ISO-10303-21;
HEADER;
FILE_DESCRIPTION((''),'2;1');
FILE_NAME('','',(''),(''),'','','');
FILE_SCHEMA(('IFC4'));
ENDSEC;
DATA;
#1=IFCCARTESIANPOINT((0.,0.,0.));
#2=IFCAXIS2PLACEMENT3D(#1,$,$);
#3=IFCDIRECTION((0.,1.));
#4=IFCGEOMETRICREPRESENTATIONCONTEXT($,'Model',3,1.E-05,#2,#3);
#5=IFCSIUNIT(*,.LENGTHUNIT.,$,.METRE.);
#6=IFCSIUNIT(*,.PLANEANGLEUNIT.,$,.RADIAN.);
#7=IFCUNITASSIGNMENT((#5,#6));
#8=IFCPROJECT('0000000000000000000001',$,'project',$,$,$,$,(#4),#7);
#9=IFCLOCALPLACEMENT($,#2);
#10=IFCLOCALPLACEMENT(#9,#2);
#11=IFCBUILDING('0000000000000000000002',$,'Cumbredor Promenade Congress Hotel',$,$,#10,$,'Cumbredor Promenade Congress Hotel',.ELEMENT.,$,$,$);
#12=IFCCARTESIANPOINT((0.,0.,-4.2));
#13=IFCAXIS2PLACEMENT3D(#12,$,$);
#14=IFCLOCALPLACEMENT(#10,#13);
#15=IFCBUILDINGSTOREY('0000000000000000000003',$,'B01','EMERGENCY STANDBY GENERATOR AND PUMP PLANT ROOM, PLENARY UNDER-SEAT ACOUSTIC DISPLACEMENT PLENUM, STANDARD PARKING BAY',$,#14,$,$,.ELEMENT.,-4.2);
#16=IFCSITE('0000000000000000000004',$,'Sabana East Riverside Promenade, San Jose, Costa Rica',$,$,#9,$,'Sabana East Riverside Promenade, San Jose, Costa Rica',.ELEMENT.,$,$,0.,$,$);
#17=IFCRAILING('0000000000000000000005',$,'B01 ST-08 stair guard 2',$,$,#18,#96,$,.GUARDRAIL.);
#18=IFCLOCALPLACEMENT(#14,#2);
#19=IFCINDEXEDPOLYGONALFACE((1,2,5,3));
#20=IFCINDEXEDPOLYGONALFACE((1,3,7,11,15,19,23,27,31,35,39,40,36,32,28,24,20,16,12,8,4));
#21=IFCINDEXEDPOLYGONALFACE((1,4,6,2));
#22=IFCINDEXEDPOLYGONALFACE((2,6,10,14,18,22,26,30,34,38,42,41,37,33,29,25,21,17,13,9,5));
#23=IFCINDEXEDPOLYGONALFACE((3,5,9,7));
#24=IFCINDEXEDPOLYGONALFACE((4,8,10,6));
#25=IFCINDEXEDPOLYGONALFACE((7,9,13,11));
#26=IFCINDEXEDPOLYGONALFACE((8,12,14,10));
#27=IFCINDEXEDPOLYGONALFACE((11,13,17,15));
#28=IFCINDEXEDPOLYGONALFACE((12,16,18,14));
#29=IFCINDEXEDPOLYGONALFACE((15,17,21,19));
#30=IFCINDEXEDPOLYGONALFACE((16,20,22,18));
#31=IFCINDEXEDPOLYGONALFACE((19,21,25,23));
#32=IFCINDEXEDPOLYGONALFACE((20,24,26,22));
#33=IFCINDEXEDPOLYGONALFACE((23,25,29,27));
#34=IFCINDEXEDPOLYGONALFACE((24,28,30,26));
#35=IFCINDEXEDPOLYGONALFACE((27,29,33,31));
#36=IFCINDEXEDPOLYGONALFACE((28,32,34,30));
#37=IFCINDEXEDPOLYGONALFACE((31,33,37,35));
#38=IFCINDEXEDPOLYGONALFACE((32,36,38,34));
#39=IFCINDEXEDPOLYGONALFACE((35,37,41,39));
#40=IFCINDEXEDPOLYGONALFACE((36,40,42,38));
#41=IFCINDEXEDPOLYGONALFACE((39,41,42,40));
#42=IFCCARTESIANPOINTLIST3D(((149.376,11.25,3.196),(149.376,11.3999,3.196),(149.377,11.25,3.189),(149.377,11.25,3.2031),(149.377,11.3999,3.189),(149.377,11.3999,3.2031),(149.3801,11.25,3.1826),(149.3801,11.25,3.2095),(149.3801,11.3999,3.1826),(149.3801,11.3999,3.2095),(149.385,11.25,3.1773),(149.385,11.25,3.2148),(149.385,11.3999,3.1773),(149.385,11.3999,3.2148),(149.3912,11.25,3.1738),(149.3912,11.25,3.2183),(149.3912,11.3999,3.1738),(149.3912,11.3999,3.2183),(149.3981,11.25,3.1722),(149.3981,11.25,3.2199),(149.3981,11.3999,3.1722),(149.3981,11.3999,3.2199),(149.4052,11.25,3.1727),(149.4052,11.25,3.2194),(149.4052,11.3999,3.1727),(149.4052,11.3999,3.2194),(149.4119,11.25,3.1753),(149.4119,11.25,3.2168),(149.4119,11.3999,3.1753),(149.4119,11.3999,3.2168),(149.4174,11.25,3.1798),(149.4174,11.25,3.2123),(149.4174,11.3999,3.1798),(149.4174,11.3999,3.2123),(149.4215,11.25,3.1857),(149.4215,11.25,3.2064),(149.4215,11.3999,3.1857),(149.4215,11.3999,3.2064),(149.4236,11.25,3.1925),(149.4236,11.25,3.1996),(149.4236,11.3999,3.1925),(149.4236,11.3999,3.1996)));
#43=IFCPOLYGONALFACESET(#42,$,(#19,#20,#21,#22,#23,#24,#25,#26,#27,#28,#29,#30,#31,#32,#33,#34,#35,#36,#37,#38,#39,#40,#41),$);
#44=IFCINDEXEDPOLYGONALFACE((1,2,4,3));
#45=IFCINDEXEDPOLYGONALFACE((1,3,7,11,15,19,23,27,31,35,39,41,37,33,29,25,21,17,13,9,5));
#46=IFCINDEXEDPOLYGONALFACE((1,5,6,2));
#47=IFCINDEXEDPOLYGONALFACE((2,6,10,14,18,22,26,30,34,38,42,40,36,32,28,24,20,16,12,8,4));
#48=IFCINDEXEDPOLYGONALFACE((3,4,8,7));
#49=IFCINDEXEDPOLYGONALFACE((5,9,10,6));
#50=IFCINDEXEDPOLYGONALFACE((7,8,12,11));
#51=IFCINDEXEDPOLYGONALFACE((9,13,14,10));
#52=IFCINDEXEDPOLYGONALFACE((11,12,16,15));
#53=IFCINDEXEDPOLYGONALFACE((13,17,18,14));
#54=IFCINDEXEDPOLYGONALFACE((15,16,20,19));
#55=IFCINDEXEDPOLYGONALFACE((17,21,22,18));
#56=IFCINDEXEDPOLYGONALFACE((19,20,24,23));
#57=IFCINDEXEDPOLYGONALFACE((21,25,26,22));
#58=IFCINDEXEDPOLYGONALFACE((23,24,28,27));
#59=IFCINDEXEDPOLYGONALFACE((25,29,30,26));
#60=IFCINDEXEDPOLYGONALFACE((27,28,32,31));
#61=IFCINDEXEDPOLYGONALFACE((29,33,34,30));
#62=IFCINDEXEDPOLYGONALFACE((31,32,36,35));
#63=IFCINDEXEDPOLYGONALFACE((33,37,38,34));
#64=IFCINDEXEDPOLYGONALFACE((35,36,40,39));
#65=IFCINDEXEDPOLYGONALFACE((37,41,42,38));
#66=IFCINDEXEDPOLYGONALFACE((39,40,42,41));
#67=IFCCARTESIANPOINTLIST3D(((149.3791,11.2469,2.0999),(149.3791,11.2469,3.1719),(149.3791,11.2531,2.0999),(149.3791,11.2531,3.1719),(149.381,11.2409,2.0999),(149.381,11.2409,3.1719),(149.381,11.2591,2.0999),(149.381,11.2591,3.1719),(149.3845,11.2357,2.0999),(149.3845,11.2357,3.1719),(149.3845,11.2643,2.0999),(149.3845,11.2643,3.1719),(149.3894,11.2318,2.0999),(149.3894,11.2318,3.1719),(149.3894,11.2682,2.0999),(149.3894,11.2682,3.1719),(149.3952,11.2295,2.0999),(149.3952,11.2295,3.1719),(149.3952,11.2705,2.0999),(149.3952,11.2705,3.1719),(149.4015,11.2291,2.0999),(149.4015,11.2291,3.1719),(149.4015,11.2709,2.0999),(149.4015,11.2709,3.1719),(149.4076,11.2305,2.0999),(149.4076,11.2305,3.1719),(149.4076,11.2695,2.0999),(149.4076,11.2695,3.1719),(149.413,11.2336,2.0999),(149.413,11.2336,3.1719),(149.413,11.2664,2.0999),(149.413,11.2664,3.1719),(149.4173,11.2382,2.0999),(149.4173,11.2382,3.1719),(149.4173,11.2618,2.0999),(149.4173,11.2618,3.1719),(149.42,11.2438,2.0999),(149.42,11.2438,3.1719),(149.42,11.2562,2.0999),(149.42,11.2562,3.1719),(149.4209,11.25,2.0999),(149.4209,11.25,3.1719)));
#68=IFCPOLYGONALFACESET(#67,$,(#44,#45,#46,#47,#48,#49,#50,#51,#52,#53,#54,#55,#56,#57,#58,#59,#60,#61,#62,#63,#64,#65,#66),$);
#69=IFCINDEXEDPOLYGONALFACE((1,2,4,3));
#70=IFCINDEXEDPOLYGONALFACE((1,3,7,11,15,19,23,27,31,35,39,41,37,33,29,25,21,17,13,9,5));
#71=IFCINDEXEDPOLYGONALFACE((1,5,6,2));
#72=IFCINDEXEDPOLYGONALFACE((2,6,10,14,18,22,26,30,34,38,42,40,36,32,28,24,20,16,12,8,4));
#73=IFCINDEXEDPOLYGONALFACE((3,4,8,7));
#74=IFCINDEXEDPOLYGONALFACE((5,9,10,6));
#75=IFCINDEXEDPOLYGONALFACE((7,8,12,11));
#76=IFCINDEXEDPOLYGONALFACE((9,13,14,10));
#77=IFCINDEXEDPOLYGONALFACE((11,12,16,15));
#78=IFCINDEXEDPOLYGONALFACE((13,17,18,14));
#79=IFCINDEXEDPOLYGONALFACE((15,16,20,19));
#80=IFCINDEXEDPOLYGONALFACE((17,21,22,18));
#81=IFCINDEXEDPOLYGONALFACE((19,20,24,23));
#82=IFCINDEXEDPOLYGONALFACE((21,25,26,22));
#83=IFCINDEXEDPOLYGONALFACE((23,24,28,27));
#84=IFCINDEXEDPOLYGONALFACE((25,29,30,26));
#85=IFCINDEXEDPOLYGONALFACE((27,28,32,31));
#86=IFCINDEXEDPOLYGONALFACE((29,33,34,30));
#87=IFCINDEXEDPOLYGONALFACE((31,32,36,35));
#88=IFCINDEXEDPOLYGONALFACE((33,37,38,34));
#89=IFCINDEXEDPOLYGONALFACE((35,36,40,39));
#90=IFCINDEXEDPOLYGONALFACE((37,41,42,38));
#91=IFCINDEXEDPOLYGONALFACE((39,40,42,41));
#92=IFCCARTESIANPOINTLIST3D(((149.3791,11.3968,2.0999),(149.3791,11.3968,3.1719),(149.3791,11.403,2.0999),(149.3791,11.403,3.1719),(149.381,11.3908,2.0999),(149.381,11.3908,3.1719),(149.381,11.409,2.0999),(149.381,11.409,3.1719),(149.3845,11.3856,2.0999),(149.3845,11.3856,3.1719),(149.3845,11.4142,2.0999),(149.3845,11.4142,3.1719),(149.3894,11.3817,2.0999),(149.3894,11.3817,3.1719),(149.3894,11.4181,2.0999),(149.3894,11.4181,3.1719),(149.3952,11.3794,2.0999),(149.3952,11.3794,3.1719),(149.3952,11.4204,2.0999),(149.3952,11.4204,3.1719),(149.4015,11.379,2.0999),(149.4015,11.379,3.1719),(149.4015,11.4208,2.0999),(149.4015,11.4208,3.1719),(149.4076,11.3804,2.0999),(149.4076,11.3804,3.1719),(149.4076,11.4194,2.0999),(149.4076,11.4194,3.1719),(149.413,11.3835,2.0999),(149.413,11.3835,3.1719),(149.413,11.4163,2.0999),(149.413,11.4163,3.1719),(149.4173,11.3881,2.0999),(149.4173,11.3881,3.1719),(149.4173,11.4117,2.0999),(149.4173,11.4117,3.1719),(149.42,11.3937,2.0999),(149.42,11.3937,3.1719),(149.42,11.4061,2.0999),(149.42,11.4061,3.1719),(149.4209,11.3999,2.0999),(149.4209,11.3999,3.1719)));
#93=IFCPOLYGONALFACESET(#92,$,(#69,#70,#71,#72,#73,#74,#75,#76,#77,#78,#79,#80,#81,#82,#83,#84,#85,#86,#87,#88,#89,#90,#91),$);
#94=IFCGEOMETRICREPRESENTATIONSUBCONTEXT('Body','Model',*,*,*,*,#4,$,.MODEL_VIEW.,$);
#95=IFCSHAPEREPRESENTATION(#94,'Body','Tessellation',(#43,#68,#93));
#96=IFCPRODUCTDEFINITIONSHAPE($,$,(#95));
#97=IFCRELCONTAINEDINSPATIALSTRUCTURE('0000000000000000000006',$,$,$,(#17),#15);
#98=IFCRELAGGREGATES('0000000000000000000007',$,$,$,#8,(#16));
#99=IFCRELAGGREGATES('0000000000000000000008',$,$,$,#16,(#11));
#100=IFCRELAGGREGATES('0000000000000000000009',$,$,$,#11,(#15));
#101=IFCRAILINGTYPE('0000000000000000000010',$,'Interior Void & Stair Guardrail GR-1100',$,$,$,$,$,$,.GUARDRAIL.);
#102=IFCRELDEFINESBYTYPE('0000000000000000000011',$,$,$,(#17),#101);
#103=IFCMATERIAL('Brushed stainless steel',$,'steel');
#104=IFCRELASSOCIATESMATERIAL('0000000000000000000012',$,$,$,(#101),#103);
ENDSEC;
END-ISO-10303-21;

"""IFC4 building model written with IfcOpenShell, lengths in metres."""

from ifc_helpers import new_model, si_unit, direction, frame, origin, origin_2d, place, context, subcontext, project, spatial, circle, extrude, material, type_object, element, save


model = new_model("IFC4")

# Units and contexts
model_context = context("Model", 3, precision=1e-05, world=origin(), true_north=direction((0.0, 1.0)))
body_context = subcontext(model_context, "Body", "Model", "MODEL_VIEW")
ifc_project = project(units=[si_unit("LENGTHUNIT", "METRE"), si_unit("PLANEANGLEUNIT", "RADIAN")], contexts=[model_context])

# Site, building, storey
site_placement = place(None, origin())
site = spatial("IfcSite", under=ifc_project, at=site_placement, Name="Sabana East Riverside Promenade, San Jose, Costa Rica", LongName="Sabana East Riverside Promenade, San Jose, Costa Rica", CompositionType="ELEMENT", RefElevation=0.0)
building_placement = place(site_placement, origin())
building = spatial("IfcBuilding", under=site, at=building_placement, Name="Cumbredor Promenade Congress Hotel", LongName="Cumbredor Promenade Congress Hotel", CompositionType="ELEMENT")
storey_placement = place(building_placement, frame((0.0, 0.0, -4.2)))
storey = spatial("IfcBuildingStorey", under=building, at=storey_placement, Name="B01", Description="EMERGENCY STANDBY GENERATOR AND PUMP PLANT ROOM, PLENARY UNDER-SEAT ACOUSTIC DISPLACEMENT PLENUM, STANDARD PARKING BAY", CompositionType="ELEMENT", Elevation=-4.2)

# Shared definitions
ifc_material_1 = material(Name="Brushed stainless steel", Category="steel")

# Railing
railing_type_1 = type_object("IfcRailingType", Name="Interior Void & Stair Guardrail GR-1100", PredefinedType="GUARDRAIL", material=ifc_material_1)
railing_1_placement = place(storey_placement, frame((149.3999, 11.25, 2.0999)))
element("IfcRailing", 1, at=railing_1_placement, inside=storey, type_object=railing_type_1, Name="B01 ST-08 stair guard 2", PredefinedType="GUARDRAIL", context=body_context, shape_type="SweptSolid", body=[
    extrude(circle(Radius=0.0239, at=origin_2d()), frame((0.0, 0.0, 1.0962), z_axis=(0.0, 1.0, 0.0), x_axis=(-1.0, 0.0, 0.0)), (0.0, 0.0, 1.0), 0.1499),
    extrude(circle(Radius=0.021, at=origin_2d()), origin(), (0.0, 0.0, 1.0), 1.072),
    extrude(circle(Radius=0.021, at=origin_2d()), frame((0.0, 0.1499, 0.0)), (0.0, 0.0, 1.0), 1.072),
])

save(model, "model.ifc")
